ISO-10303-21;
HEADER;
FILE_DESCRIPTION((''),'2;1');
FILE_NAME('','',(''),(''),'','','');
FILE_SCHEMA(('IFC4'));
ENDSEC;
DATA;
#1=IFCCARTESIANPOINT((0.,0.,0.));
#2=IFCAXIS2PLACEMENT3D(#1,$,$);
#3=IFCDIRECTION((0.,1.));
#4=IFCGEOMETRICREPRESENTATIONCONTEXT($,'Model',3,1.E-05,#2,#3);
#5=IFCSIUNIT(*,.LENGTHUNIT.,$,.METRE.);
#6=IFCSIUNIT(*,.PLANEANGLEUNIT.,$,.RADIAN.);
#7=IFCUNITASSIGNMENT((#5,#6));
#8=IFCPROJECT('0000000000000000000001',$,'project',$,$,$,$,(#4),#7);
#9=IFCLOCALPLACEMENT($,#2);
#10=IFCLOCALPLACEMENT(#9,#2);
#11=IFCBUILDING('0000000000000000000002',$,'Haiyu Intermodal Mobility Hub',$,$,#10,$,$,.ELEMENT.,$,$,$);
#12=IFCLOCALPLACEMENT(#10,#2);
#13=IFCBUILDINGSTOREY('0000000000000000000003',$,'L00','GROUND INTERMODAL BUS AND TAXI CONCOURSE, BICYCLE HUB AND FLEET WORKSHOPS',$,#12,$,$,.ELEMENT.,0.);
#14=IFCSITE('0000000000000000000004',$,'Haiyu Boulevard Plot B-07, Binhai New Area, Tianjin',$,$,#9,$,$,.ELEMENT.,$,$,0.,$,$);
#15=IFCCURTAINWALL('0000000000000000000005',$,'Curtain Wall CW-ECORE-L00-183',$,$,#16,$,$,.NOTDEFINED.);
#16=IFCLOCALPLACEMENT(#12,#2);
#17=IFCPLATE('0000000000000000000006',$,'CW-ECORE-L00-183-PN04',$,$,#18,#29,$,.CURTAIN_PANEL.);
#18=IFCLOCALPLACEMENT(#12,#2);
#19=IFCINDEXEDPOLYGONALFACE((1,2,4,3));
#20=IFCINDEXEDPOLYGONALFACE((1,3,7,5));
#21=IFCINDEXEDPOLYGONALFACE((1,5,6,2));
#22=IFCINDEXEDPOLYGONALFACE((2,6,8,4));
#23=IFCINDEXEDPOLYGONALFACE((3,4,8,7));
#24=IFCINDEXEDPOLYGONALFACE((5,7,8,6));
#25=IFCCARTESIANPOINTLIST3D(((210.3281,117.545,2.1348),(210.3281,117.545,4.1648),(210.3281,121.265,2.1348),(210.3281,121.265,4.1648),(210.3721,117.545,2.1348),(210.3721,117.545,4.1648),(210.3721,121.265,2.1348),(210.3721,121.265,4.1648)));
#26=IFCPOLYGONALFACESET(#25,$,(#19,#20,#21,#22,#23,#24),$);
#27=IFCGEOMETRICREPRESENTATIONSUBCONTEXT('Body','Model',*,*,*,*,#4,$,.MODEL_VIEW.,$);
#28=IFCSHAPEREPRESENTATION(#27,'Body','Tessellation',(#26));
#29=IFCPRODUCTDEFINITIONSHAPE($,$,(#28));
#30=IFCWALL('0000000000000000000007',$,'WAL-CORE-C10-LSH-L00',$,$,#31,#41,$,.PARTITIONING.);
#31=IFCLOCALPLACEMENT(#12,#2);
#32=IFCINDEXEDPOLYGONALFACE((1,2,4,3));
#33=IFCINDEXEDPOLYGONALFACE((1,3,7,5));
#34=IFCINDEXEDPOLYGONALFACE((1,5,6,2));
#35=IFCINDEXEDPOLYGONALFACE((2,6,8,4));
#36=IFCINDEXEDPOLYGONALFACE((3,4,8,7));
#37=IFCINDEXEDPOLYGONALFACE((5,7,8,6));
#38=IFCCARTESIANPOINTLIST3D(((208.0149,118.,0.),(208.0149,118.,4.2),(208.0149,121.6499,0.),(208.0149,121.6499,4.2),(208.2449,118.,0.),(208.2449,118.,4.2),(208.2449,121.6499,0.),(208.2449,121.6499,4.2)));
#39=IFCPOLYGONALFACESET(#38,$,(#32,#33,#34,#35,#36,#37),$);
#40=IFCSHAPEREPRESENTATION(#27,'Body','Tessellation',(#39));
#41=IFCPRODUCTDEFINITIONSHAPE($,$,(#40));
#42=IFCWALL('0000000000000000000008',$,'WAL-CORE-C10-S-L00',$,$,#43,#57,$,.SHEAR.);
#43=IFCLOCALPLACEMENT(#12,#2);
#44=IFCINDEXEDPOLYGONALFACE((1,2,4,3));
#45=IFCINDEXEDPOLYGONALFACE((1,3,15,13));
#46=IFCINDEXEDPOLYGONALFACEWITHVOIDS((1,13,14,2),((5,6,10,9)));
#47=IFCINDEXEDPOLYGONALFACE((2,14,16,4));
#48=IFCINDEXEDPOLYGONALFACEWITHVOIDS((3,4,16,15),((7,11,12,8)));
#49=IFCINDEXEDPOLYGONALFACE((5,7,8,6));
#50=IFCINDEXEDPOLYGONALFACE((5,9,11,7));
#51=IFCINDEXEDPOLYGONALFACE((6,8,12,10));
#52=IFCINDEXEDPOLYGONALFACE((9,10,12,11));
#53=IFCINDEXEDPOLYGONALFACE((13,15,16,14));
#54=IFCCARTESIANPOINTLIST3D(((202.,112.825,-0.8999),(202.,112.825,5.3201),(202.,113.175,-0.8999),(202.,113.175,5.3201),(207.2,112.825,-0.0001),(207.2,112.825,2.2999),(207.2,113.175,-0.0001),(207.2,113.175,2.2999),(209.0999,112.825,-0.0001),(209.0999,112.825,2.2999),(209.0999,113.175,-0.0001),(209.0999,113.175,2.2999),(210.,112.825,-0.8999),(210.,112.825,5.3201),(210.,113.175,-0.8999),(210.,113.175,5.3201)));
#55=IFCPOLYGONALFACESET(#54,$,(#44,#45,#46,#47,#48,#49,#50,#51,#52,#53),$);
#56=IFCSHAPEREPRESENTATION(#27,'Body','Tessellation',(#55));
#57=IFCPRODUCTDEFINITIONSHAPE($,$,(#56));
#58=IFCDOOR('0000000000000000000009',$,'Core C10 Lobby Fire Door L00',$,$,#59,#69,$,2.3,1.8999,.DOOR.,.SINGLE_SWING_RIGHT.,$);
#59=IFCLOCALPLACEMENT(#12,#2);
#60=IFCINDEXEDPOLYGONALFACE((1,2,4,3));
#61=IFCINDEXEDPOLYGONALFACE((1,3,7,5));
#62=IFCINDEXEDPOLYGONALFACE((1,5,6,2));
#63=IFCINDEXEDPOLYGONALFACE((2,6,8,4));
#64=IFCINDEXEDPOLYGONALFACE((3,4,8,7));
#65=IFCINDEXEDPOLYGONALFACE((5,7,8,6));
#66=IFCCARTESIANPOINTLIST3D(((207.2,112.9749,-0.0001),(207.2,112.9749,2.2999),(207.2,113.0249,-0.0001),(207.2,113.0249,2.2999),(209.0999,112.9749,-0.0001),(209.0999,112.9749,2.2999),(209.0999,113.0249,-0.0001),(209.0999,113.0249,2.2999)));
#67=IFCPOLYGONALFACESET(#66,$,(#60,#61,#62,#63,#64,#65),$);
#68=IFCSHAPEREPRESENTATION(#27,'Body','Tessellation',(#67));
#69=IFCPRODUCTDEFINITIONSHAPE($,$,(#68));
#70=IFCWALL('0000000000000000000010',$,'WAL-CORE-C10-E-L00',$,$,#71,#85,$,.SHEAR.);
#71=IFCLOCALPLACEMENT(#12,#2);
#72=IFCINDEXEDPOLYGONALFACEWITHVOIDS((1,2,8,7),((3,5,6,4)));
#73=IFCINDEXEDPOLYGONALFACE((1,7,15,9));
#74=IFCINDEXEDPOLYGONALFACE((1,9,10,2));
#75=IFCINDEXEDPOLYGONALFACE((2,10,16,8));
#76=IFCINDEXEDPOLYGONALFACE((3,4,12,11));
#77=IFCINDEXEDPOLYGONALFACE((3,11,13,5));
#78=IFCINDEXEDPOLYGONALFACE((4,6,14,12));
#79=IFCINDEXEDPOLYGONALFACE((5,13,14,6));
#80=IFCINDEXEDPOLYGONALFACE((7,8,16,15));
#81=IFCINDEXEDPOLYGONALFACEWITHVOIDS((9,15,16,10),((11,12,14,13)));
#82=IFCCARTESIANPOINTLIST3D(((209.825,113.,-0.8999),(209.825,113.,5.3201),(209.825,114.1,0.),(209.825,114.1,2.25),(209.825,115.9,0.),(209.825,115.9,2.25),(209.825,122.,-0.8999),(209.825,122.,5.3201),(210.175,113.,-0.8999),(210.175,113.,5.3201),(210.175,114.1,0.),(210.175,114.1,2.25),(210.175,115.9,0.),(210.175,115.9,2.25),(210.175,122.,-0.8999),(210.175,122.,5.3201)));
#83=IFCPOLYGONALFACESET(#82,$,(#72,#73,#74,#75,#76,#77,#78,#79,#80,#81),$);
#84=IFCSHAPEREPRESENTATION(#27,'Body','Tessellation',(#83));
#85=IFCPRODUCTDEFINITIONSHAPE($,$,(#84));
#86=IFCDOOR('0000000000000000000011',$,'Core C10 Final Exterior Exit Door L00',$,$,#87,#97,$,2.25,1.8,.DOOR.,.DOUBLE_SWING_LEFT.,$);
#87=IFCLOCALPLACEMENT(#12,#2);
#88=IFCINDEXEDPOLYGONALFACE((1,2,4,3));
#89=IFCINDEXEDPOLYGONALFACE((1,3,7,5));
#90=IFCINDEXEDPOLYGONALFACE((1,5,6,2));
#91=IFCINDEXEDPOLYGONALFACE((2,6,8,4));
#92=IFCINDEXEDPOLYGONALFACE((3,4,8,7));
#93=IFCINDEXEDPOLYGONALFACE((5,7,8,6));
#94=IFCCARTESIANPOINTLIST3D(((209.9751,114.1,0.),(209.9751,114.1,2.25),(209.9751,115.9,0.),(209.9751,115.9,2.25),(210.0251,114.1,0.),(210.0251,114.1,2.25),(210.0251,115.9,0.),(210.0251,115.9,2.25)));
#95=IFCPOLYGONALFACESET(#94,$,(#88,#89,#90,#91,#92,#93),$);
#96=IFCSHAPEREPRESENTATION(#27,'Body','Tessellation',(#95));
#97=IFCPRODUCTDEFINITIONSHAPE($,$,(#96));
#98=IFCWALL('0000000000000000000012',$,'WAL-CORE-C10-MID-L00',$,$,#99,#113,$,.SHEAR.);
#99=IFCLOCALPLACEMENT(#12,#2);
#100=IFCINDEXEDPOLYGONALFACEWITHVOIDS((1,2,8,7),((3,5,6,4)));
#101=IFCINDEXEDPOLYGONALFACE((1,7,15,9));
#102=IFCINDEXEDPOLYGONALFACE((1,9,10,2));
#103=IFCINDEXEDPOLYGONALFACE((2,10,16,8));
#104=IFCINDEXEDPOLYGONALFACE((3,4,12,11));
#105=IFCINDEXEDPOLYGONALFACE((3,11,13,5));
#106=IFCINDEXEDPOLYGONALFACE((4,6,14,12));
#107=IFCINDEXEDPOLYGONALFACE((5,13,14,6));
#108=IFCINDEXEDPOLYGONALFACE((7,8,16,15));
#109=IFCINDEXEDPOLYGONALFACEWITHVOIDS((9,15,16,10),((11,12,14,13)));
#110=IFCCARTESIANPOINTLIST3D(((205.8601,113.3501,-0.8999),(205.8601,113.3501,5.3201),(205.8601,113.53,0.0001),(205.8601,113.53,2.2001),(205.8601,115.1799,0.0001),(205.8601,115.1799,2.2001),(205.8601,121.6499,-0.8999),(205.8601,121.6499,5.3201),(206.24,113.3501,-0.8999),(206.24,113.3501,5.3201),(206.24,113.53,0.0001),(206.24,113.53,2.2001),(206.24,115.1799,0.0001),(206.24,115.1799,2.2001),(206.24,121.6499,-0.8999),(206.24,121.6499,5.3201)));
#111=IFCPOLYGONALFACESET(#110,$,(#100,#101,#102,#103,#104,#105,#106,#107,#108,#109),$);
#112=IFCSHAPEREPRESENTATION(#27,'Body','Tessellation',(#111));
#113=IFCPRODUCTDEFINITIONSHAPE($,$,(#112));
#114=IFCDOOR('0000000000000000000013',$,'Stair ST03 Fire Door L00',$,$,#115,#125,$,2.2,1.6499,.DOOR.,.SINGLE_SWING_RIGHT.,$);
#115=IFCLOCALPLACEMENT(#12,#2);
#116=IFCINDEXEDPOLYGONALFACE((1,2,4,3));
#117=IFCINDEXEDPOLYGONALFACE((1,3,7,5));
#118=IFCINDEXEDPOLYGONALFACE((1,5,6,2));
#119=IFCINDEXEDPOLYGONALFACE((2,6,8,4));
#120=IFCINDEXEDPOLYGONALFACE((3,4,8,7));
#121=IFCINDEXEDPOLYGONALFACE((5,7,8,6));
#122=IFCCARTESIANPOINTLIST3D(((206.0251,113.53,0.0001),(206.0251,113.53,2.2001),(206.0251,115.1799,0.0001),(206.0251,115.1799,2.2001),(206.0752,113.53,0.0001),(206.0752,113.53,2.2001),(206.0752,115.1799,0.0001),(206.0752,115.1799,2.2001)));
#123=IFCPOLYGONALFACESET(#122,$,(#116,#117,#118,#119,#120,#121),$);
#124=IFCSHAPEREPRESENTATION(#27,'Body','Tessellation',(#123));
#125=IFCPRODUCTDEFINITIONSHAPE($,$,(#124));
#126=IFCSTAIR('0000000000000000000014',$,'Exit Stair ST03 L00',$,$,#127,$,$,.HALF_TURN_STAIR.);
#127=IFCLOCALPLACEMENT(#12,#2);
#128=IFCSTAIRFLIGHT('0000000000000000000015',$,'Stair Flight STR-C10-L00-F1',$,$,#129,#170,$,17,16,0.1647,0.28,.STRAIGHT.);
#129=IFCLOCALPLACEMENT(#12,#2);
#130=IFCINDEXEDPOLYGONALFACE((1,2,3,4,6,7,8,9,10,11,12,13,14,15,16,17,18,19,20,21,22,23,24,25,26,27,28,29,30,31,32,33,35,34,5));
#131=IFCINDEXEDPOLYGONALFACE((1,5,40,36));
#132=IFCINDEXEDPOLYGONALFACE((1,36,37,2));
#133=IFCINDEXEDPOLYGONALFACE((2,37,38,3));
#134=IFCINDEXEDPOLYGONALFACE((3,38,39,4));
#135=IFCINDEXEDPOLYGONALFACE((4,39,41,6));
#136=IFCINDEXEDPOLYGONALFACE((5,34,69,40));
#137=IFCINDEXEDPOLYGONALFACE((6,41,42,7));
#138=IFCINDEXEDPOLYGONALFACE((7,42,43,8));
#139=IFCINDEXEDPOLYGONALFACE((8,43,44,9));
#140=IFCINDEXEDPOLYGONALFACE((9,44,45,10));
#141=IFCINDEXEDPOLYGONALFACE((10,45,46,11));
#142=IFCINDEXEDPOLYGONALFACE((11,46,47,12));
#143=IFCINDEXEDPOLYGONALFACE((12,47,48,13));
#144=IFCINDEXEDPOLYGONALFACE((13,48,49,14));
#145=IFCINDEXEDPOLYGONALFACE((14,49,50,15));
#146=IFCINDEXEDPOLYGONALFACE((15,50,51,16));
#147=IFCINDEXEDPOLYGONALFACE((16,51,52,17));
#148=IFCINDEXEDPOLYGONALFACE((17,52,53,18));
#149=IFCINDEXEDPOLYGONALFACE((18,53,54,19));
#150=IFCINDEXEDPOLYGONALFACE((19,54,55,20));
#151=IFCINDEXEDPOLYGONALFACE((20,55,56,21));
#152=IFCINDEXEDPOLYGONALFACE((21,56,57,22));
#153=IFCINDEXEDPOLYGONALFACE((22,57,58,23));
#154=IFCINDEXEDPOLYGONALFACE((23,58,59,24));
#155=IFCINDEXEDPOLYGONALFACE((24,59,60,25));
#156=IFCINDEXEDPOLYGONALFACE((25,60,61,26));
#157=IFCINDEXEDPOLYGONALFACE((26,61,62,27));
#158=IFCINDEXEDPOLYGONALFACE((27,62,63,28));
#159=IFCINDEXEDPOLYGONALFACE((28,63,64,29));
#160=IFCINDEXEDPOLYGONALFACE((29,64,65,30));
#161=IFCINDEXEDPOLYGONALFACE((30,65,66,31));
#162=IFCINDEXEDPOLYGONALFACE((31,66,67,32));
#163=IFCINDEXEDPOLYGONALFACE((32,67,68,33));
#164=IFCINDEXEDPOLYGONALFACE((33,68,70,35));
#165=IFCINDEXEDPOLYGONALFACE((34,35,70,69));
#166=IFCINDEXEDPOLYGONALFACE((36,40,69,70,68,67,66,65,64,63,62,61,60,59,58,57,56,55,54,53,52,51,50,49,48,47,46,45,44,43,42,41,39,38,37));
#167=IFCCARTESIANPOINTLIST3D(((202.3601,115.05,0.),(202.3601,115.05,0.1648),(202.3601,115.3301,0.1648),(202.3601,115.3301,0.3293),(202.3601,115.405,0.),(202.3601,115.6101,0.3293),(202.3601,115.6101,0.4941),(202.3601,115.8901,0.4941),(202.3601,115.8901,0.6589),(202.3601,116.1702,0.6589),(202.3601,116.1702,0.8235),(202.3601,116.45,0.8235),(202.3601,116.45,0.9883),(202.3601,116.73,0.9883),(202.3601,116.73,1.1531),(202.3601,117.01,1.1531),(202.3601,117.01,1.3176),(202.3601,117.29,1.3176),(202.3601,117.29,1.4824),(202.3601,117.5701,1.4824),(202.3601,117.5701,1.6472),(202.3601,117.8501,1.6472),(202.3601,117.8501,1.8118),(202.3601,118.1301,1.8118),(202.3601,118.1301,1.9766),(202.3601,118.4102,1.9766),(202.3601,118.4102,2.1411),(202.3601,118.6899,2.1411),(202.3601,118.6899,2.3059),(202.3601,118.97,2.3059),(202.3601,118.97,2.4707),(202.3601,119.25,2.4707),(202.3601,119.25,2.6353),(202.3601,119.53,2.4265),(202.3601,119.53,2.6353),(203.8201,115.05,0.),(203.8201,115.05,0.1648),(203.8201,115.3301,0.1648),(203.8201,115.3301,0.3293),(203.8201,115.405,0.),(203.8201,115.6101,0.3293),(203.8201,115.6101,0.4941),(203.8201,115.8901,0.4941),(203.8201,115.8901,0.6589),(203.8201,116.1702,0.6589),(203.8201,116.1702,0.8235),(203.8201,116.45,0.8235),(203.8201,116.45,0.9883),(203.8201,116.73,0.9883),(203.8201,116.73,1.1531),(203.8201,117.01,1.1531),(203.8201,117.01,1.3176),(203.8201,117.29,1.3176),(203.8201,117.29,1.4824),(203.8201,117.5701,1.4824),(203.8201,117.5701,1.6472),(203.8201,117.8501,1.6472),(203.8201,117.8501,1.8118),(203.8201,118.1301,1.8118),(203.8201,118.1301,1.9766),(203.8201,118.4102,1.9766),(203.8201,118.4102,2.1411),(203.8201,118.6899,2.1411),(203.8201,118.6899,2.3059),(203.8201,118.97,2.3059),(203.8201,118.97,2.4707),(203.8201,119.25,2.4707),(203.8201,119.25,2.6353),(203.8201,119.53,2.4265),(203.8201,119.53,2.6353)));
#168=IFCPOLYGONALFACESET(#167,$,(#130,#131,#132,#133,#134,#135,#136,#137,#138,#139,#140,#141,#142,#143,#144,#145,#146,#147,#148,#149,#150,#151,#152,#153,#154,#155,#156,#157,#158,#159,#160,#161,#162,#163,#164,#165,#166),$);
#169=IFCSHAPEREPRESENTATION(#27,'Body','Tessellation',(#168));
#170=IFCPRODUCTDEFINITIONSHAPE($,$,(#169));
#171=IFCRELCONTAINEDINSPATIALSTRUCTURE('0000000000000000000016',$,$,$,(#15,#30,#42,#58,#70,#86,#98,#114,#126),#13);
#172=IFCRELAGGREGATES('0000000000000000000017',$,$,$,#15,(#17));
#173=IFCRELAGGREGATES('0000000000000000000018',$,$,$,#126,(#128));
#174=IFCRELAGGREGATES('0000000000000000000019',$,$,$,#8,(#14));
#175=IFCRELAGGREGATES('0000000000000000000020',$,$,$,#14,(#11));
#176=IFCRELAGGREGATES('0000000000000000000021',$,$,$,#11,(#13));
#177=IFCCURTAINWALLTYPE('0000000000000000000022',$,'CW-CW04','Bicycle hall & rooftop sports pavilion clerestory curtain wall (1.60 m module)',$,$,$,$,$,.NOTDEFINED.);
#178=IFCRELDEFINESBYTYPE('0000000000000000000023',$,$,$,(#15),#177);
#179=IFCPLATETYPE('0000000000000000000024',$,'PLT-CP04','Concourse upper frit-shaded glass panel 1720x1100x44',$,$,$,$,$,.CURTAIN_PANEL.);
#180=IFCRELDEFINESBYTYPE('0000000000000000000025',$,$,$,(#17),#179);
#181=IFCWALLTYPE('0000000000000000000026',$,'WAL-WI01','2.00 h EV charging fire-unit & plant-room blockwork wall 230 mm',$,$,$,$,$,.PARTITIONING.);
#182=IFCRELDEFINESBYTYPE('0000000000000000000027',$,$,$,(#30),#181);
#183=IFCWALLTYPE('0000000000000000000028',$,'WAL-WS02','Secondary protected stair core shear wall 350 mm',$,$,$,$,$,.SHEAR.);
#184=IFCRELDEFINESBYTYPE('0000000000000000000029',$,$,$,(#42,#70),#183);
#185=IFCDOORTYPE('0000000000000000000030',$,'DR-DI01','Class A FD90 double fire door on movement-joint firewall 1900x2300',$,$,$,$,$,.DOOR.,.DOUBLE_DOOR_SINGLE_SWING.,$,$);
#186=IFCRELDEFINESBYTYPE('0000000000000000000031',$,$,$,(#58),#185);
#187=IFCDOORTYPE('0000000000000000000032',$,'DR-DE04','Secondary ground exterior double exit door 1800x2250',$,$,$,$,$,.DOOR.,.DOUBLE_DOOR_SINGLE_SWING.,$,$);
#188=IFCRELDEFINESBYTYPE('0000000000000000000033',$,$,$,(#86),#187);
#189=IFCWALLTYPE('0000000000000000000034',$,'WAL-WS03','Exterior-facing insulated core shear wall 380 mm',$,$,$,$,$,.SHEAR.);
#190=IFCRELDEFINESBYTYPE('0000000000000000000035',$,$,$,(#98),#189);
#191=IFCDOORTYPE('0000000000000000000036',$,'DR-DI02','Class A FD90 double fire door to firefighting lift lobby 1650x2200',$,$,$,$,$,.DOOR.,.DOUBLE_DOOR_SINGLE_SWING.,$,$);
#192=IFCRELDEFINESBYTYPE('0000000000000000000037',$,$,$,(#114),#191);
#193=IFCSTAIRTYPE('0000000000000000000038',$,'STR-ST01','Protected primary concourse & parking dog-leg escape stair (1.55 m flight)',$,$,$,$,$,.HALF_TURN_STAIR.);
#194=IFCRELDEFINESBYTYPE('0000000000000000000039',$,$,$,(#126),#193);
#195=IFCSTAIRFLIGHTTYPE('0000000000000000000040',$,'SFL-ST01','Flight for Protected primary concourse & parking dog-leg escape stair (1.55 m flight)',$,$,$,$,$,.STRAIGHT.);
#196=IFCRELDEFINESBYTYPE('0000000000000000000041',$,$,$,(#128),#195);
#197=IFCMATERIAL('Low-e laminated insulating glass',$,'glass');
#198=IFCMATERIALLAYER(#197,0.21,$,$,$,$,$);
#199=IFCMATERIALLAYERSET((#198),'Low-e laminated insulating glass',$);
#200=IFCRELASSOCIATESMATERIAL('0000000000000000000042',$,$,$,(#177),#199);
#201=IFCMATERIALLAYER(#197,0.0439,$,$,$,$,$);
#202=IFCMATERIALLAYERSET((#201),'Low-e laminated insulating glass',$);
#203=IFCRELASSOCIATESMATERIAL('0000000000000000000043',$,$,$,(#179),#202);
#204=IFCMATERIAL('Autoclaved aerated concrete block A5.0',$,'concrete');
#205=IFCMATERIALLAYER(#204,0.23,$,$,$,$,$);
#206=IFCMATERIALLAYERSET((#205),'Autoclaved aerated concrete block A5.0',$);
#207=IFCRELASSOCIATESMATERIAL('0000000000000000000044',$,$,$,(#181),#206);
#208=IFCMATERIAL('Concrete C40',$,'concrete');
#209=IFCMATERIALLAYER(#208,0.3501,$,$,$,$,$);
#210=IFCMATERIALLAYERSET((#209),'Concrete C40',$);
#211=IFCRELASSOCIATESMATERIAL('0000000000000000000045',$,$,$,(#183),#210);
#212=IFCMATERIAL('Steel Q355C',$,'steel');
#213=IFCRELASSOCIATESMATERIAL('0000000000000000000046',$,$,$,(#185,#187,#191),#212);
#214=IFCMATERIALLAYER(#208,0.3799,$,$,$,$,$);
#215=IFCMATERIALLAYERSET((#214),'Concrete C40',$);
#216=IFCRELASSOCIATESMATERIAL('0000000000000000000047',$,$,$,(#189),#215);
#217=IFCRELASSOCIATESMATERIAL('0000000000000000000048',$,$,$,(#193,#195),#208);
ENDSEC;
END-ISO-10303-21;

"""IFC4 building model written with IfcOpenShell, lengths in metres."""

from ifc_helpers import new_model, si_unit, direction, frame, frame_2d, origin, origin_2d, place, context, subcontext, project, spatial, polyline, rectangle, outline, extrude, material, layer, layer_set, type_object, element, fill, aggregate, save


model = new_model("IFC4")

# Units and contexts
model_context = context("Model", 3, precision=1e-05, world=origin(), true_north=direction((0.0, 1.0)))
body_context = subcontext(model_context, "Body", "Model", "MODEL_VIEW")
ifc_project = project(units=[si_unit("LENGTHUNIT", "METRE"), si_unit("PLANEANGLEUNIT", "RADIAN")], contexts=[model_context])

# Site, building, storey
site_placement = place(None, origin())
site = spatial("IfcSite", under=ifc_project, at=site_placement, Name="Haiyu Boulevard Plot B-07, Binhai New Area, Tianjin", CompositionType="ELEMENT", RefElevation=0.0)
building_placement = place(site_placement, origin())
building = spatial("IfcBuilding", under=site, at=building_placement, Name="Haiyu Intermodal Mobility Hub", CompositionType="ELEMENT")
storey_placement = place(building_placement, origin())
storey = spatial("IfcBuildingStorey", under=building, at=storey_placement, Name="L00", Description="GROUND INTERMODAL BUS AND TAXI CONCOURSE, BICYCLE HUB AND FLEET WORKSHOPS", CompositionType="ELEMENT", Elevation=0.0)

# Shared definitions
ifc_material_1 = material(Name="Concrete C40", Category="concrete")

# Shared definitions
ifc_material_2 = material(Name="Steel Q355C", Category="steel")

# Curtain wall, plate
ifc_material_3 = material(Name="Low-e laminated insulating glass", Category="glass")
ifc_layer_1 = layer(ifc_material_3, 0.21)
ifc_layer_set_1 = layer_set([ifc_layer_1], Name="Low-e laminated insulating glass")
curtain_wall_type = type_object("IfcCurtainWallType", Name="CW-CW04", Description="Bicycle hall & rooftop sports pavilion clerestory curtain wall (1.60 m module)", PredefinedType="NOTDEFINED", material=ifc_layer_set_1)
curtain_wall_placement = place(storey_placement, origin())
curtain_wall = element("IfcCurtainWall", 1, at=curtain_wall_placement, inside=storey, type_object=curtain_wall_type, Name="Curtain Wall CW-ECORE-L00-183", PredefinedType="NOTDEFINED")
ifc_layer_2 = layer(ifc_material_3, 0.0439)
ifc_layer_set_2 = layer_set([ifc_layer_2], Name="Low-e laminated insulating glass")
plate_type_1 = type_object("IfcPlateType", Name="PLT-CP04", Description="Concourse upper frit-shaded glass panel 1720x1100x44", PredefinedType="CURTAIN_PANEL", material=ifc_layer_set_2)
plate_1_placement = place(storey_placement, frame((210.3501, 119.405, 2.1348), z_axis=(0.0, 0.0, 1.0), x_axis=(0.0, 1.0, 0.0)))
plate_1 = element("IfcPlate", 2, at=plate_1_placement, type_object=plate_type_1, Name="CW-ECORE-L00-183-PN04", PredefinedType="CURTAIN_PANEL", context=body_context, shape_type="SweptSolid", body=[
    extrude(rectangle(XDim=3.72, YDim=0.0439, at=origin_2d()), origin(), (0.0, 0.0, 1.0), 2.03),
])
aggregate(curtain_wall, [plate_1])

# Wall
ifc_material_4 = material(Name="Autoclaved aerated concrete block A5.0", Category="concrete")
ifc_layer_3 = layer(ifc_material_4, 0.23)
ifc_layer_set_3 = layer_set([ifc_layer_3], Name="Autoclaved aerated concrete block A5.0")
wall_type_1 = type_object("IfcWallType", Name="WAL-WI01", Description="2.00 h EV charging fire-unit & plant-room blockwork wall 230 mm", PredefinedType="PARTITIONING", material=ifc_layer_set_3)
wall_1_placement = place(storey_placement, frame((208.1299, 118.0, 0.0), z_axis=(0.0, 0.0, 1.0), x_axis=(0.0, 1.0, 0.0)))
element("IfcWall", 3, at=wall_1_placement, inside=storey, type_object=wall_type_1, Name="WAL-CORE-C10-LSH-L00", PredefinedType="PARTITIONING", context=body_context, shape_type="SweptSolid", body=[
    extrude(rectangle(XDim=3.6499, YDim=0.23, at=frame_2d((1.825, 0.0))), origin(), (0.0, 0.0, 1.0), 4.2),
])

# Walls, openings, doors
ifc_layer_4 = layer(ifc_material_1, 0.3501)
ifc_layer_set_4 = layer_set([ifc_layer_4], Name="Concrete C40")
wall_type_2 = type_object("IfcWallType", Name="WAL-WS02", Description="Secondary protected stair core shear wall 350 mm", PredefinedType="SHEAR", material=ifc_layer_set_4)
wall_2_placement = place(storey_placement, frame((202.0, 113.0, -0.8999), z_axis=(0.0, 0.0, 1.0), x_axis=(1.0, 0.0, 0.0)))
wall_2 = element("IfcWall", 4, at=wall_2_placement, inside=storey, type_object=wall_type_2, Name="WAL-CORE-C10-S-L00", PredefinedType="SHEAR", context=body_context, shape_type="SweptSolid", body=[
    extrude(rectangle(XDim=8.0, YDim=0.3501, at=frame_2d((4.0, 0.0))), origin(), (0.0, 0.0, 1.0), 6.22),
])
opening_1_placement = place(wall_2_placement, frame((5.2, 0.0, 0.8999)))
opening_1 = element("IfcOpeningElement", 5, at=opening_1_placement, cuts=wall_2, PredefinedType="OPENING", context=body_context, shape_type="SweptSolid", body=[
    extrude(rectangle(XDim=1.8999, YDim=2.3, at=frame_2d((0.95, 1.1499))), frame((0.0, 0.1851, 0.0), z_axis=(0.0, -1.0, 0.0), x_axis=(1.0, 0.0, 0.0)), (0.0, 0.0, 1.0), 0.3701),
])
door_type_1 = type_object("IfcDoorType", Name="DR-DI01", Description="Class A FD90 double fire door on movement-joint firewall 1900x2300", OperationType="DOUBLE_DOOR_SINGLE_SWING", PredefinedType="DOOR", material=ifc_material_2)
door_1_placement = place(opening_1_placement, origin())
door_1 = element("IfcDoor", 6, at=door_1_placement, inside=storey, type_object=door_type_1, Name="Core C10 Lobby Fire Door L00", OperationType="SINGLE_SWING_RIGHT", OverallHeight=2.3, OverallWidth=1.8999, PredefinedType="DOOR", context=body_context, shape_type="SweptSolid", body=[
    extrude(rectangle(XDim=1.8999, YDim=2.3, at=frame_2d((0.95, 1.1499))), frame((0.0, 0.0249, 0.0), z_axis=(0.0, -1.0, 0.0), x_axis=(1.0, 0.0, 0.0)), (0.0, 0.0, 1.0), 0.05),
])
fill(opening_1, door_1)
wall_3_placement = place(storey_placement, frame((210.0, 113.0, -0.8999), z_axis=(0.0, 0.0, 1.0), x_axis=(0.0, 1.0, 0.0)))
wall_3 = element("IfcWall", 7, at=wall_3_placement, inside=storey, type_object=wall_type_2, Name="WAL-CORE-C10-E-L00", PredefinedType="SHEAR", context=body_context, shape_type="SweptSolid", body=[
    extrude(rectangle(XDim=9.0, YDim=0.3501, at=frame_2d((4.5, 0.0))), origin(), (0.0, 0.0, 1.0), 6.22),
])
opening_2_placement = place(wall_3_placement, frame((1.1001, 0.0, 0.8999)))
opening_2 = element("IfcOpeningElement", 8, at=opening_2_placement, cuts=wall_3, PredefinedType="OPENING", context=body_context, shape_type="SweptSolid", body=[
    extrude(rectangle(XDim=1.8, YDim=2.25, at=frame_2d((0.8999, 1.125))), frame((0.0, 0.1851, 0.0), z_axis=(0.0, -1.0, 0.0), x_axis=(1.0, 0.0, 0.0)), (0.0, 0.0, 1.0), 0.3701),
])
door_type_2 = type_object("IfcDoorType", Name="DR-DE04", Description="Secondary ground exterior double exit door 1800x2250", OperationType="DOUBLE_DOOR_SINGLE_SWING", PredefinedType="DOOR", material=ifc_material_2)
door_2_placement = place(opening_2_placement, origin())
door_2 = element("IfcDoor", 9, at=door_2_placement, inside=storey, type_object=door_type_2, Name="Core C10 Final Exterior Exit Door L00", OperationType="DOUBLE_SWING_LEFT", OverallHeight=2.25, OverallWidth=1.8, PredefinedType="DOOR", context=body_context, shape_type="SweptSolid", body=[
    extrude(rectangle(XDim=1.8, YDim=2.25, at=frame_2d((0.8999, 1.125))), frame((0.0, 0.0249, 0.0), z_axis=(0.0, -1.0, 0.0), x_axis=(1.0, 0.0, 0.0)), (0.0, 0.0, 1.0), 0.05),
])
fill(opening_2, door_2)
ifc_layer_5 = layer(ifc_material_1, 0.3799)
ifc_layer_set_5 = layer_set([ifc_layer_5], Name="Concrete C40")
wall_type_3 = type_object("IfcWallType", Name="WAL-WS03", Description="Exterior-facing insulated core shear wall 380 mm", PredefinedType="SHEAR", material=ifc_layer_set_5)
wall_4_placement = place(storey_placement, frame((206.05, 113.3501, -0.8999), z_axis=(0.0, 0.0, 1.0), x_axis=(0.0, 1.0, 0.0)))
wall_4 = element("IfcWall", 10, at=wall_4_placement, inside=storey, type_object=wall_type_3, Name="WAL-CORE-C10-MID-L00", PredefinedType="SHEAR", context=body_context, shape_type="SweptSolid", body=[
    extrude(rectangle(XDim=8.2998, YDim=0.3799, at=frame_2d((4.1499, 0.0))), origin(), (0.0, 0.0, 1.0), 6.22),
])
opening_3_placement = place(wall_4_placement, frame((0.1799, 0.0, 0.8999)))
opening_3 = element("IfcOpeningElement", 11, at=opening_3_placement, cuts=wall_4, PredefinedType="OPENING", context=body_context, shape_type="SweptSolid", body=[
    extrude(rectangle(XDim=1.6499, YDim=2.2, at=frame_2d((0.825, 1.1001))), frame((0.0, 0.2, 0.0), z_axis=(0.0, -1.0, 0.0), x_axis=(1.0, 0.0, 0.0)), (0.0, 0.0, 1.0), 0.3999),
])
door_type_3 = type_object("IfcDoorType", Name="DR-DI02", Description="Class A FD90 double fire door to firefighting lift lobby 1650x2200", OperationType="DOUBLE_DOOR_SINGLE_SWING", PredefinedType="DOOR", material=ifc_material_2)
door_3_placement = place(opening_3_placement, origin())
door_3 = element("IfcDoor", 12, at=door_3_placement, inside=storey, type_object=door_type_3, Name="Stair ST03 Fire Door L00", OperationType="SINGLE_SWING_RIGHT", OverallHeight=2.2, OverallWidth=1.6499, PredefinedType="DOOR", context=body_context, shape_type="SweptSolid", body=[
    extrude(rectangle(XDim=1.6499, YDim=2.2, at=frame_2d((0.825, 1.1001))), frame((0.0, 0.0249, 0.0), z_axis=(0.0, -1.0, 0.0), x_axis=(1.0, 0.0, 0.0)), (0.0, 0.0, 1.0), 0.05),
])
fill(opening_3, door_3)

# Stair, stair flight
stair_type = type_object("IfcStairType", Name="STR-ST01", Description="Protected primary concourse & parking dog-leg escape stair (1.55 m flight)", PredefinedType="HALF_TURN_STAIR", material=ifc_material_1)
stair_placement = place(storey_placement, origin())
stair = element("IfcStair", 13, at=stair_placement, inside=storey, type_object=stair_type, Name="Exit Stair ST03 L00", PredefinedType="HALF_TURN_STAIR")
stair_flight_type = type_object("IfcStairFlightType", Name="SFL-ST01", Description="Flight for Protected primary concourse & parking dog-leg escape stair (1.55 m flight)", PredefinedType="STRAIGHT", material=ifc_material_1)
stair_flight_1_placement = place(storey_placement, frame((203.0901, 115.05, 0.0), z_axis=(0.0, 0.0, 1.0), x_axis=(0.0, 1.0, 0.0)))
stair_flight_1 = element("IfcStairFlight", 14, at=stair_flight_1_placement, type_object=stair_flight_type, Name="Stair Flight STR-C10-L00-F1", NumberOfRisers=17, NumberOfTreads=16, PredefinedType="STRAIGHT", RiserHeight=0.1647, TreadLength=0.28, context=body_context, shape_type="SweptSolid", body=[
    extrude(outline(polyline([(0.0, 0.0), (0.0, 0.1648), (0.28, 0.1648), (0.28, 0.3293), (0.5601, 0.3293), (0.5601, 0.4941), (0.8401, 0.4941), (0.8401, 0.6589), (1.1201, 0.6589), (1.1201, 0.8235), (1.3999, 0.8235), (1.3999, 0.9883), (1.6799, 0.9883), (1.6799, 1.1531), (1.96, 1.1531), (1.96, 1.3176), (2.24, 1.3176), (2.24, 1.4824), (2.52, 1.4824), (2.52, 1.6472), (2.8, 1.6472), (2.8, 1.8118), (3.0801, 1.8118), (3.0801, 1.9766), (3.3601, 1.9766), (3.3601, 2.1411), (3.6399, 2.1411), (3.6399, 2.3059), (3.9199, 2.3059), (3.9199, 2.4707), (4.2, 2.4707), (4.2, 2.6353), (4.48, 2.6353), (4.48, 2.8), (4.48, 2.4265), (0.355, 0.0), (0.0, 0.0)])), frame((0.0, 0.73, 0.0), z_axis=(0.0, -1.0, 0.0), x_axis=(1.0, 0.0, 0.0)), (0.0, 0.0, 1.0), 1.46),
])
aggregate(stair, [stair_flight_1])

save(model, "model.ifc")
